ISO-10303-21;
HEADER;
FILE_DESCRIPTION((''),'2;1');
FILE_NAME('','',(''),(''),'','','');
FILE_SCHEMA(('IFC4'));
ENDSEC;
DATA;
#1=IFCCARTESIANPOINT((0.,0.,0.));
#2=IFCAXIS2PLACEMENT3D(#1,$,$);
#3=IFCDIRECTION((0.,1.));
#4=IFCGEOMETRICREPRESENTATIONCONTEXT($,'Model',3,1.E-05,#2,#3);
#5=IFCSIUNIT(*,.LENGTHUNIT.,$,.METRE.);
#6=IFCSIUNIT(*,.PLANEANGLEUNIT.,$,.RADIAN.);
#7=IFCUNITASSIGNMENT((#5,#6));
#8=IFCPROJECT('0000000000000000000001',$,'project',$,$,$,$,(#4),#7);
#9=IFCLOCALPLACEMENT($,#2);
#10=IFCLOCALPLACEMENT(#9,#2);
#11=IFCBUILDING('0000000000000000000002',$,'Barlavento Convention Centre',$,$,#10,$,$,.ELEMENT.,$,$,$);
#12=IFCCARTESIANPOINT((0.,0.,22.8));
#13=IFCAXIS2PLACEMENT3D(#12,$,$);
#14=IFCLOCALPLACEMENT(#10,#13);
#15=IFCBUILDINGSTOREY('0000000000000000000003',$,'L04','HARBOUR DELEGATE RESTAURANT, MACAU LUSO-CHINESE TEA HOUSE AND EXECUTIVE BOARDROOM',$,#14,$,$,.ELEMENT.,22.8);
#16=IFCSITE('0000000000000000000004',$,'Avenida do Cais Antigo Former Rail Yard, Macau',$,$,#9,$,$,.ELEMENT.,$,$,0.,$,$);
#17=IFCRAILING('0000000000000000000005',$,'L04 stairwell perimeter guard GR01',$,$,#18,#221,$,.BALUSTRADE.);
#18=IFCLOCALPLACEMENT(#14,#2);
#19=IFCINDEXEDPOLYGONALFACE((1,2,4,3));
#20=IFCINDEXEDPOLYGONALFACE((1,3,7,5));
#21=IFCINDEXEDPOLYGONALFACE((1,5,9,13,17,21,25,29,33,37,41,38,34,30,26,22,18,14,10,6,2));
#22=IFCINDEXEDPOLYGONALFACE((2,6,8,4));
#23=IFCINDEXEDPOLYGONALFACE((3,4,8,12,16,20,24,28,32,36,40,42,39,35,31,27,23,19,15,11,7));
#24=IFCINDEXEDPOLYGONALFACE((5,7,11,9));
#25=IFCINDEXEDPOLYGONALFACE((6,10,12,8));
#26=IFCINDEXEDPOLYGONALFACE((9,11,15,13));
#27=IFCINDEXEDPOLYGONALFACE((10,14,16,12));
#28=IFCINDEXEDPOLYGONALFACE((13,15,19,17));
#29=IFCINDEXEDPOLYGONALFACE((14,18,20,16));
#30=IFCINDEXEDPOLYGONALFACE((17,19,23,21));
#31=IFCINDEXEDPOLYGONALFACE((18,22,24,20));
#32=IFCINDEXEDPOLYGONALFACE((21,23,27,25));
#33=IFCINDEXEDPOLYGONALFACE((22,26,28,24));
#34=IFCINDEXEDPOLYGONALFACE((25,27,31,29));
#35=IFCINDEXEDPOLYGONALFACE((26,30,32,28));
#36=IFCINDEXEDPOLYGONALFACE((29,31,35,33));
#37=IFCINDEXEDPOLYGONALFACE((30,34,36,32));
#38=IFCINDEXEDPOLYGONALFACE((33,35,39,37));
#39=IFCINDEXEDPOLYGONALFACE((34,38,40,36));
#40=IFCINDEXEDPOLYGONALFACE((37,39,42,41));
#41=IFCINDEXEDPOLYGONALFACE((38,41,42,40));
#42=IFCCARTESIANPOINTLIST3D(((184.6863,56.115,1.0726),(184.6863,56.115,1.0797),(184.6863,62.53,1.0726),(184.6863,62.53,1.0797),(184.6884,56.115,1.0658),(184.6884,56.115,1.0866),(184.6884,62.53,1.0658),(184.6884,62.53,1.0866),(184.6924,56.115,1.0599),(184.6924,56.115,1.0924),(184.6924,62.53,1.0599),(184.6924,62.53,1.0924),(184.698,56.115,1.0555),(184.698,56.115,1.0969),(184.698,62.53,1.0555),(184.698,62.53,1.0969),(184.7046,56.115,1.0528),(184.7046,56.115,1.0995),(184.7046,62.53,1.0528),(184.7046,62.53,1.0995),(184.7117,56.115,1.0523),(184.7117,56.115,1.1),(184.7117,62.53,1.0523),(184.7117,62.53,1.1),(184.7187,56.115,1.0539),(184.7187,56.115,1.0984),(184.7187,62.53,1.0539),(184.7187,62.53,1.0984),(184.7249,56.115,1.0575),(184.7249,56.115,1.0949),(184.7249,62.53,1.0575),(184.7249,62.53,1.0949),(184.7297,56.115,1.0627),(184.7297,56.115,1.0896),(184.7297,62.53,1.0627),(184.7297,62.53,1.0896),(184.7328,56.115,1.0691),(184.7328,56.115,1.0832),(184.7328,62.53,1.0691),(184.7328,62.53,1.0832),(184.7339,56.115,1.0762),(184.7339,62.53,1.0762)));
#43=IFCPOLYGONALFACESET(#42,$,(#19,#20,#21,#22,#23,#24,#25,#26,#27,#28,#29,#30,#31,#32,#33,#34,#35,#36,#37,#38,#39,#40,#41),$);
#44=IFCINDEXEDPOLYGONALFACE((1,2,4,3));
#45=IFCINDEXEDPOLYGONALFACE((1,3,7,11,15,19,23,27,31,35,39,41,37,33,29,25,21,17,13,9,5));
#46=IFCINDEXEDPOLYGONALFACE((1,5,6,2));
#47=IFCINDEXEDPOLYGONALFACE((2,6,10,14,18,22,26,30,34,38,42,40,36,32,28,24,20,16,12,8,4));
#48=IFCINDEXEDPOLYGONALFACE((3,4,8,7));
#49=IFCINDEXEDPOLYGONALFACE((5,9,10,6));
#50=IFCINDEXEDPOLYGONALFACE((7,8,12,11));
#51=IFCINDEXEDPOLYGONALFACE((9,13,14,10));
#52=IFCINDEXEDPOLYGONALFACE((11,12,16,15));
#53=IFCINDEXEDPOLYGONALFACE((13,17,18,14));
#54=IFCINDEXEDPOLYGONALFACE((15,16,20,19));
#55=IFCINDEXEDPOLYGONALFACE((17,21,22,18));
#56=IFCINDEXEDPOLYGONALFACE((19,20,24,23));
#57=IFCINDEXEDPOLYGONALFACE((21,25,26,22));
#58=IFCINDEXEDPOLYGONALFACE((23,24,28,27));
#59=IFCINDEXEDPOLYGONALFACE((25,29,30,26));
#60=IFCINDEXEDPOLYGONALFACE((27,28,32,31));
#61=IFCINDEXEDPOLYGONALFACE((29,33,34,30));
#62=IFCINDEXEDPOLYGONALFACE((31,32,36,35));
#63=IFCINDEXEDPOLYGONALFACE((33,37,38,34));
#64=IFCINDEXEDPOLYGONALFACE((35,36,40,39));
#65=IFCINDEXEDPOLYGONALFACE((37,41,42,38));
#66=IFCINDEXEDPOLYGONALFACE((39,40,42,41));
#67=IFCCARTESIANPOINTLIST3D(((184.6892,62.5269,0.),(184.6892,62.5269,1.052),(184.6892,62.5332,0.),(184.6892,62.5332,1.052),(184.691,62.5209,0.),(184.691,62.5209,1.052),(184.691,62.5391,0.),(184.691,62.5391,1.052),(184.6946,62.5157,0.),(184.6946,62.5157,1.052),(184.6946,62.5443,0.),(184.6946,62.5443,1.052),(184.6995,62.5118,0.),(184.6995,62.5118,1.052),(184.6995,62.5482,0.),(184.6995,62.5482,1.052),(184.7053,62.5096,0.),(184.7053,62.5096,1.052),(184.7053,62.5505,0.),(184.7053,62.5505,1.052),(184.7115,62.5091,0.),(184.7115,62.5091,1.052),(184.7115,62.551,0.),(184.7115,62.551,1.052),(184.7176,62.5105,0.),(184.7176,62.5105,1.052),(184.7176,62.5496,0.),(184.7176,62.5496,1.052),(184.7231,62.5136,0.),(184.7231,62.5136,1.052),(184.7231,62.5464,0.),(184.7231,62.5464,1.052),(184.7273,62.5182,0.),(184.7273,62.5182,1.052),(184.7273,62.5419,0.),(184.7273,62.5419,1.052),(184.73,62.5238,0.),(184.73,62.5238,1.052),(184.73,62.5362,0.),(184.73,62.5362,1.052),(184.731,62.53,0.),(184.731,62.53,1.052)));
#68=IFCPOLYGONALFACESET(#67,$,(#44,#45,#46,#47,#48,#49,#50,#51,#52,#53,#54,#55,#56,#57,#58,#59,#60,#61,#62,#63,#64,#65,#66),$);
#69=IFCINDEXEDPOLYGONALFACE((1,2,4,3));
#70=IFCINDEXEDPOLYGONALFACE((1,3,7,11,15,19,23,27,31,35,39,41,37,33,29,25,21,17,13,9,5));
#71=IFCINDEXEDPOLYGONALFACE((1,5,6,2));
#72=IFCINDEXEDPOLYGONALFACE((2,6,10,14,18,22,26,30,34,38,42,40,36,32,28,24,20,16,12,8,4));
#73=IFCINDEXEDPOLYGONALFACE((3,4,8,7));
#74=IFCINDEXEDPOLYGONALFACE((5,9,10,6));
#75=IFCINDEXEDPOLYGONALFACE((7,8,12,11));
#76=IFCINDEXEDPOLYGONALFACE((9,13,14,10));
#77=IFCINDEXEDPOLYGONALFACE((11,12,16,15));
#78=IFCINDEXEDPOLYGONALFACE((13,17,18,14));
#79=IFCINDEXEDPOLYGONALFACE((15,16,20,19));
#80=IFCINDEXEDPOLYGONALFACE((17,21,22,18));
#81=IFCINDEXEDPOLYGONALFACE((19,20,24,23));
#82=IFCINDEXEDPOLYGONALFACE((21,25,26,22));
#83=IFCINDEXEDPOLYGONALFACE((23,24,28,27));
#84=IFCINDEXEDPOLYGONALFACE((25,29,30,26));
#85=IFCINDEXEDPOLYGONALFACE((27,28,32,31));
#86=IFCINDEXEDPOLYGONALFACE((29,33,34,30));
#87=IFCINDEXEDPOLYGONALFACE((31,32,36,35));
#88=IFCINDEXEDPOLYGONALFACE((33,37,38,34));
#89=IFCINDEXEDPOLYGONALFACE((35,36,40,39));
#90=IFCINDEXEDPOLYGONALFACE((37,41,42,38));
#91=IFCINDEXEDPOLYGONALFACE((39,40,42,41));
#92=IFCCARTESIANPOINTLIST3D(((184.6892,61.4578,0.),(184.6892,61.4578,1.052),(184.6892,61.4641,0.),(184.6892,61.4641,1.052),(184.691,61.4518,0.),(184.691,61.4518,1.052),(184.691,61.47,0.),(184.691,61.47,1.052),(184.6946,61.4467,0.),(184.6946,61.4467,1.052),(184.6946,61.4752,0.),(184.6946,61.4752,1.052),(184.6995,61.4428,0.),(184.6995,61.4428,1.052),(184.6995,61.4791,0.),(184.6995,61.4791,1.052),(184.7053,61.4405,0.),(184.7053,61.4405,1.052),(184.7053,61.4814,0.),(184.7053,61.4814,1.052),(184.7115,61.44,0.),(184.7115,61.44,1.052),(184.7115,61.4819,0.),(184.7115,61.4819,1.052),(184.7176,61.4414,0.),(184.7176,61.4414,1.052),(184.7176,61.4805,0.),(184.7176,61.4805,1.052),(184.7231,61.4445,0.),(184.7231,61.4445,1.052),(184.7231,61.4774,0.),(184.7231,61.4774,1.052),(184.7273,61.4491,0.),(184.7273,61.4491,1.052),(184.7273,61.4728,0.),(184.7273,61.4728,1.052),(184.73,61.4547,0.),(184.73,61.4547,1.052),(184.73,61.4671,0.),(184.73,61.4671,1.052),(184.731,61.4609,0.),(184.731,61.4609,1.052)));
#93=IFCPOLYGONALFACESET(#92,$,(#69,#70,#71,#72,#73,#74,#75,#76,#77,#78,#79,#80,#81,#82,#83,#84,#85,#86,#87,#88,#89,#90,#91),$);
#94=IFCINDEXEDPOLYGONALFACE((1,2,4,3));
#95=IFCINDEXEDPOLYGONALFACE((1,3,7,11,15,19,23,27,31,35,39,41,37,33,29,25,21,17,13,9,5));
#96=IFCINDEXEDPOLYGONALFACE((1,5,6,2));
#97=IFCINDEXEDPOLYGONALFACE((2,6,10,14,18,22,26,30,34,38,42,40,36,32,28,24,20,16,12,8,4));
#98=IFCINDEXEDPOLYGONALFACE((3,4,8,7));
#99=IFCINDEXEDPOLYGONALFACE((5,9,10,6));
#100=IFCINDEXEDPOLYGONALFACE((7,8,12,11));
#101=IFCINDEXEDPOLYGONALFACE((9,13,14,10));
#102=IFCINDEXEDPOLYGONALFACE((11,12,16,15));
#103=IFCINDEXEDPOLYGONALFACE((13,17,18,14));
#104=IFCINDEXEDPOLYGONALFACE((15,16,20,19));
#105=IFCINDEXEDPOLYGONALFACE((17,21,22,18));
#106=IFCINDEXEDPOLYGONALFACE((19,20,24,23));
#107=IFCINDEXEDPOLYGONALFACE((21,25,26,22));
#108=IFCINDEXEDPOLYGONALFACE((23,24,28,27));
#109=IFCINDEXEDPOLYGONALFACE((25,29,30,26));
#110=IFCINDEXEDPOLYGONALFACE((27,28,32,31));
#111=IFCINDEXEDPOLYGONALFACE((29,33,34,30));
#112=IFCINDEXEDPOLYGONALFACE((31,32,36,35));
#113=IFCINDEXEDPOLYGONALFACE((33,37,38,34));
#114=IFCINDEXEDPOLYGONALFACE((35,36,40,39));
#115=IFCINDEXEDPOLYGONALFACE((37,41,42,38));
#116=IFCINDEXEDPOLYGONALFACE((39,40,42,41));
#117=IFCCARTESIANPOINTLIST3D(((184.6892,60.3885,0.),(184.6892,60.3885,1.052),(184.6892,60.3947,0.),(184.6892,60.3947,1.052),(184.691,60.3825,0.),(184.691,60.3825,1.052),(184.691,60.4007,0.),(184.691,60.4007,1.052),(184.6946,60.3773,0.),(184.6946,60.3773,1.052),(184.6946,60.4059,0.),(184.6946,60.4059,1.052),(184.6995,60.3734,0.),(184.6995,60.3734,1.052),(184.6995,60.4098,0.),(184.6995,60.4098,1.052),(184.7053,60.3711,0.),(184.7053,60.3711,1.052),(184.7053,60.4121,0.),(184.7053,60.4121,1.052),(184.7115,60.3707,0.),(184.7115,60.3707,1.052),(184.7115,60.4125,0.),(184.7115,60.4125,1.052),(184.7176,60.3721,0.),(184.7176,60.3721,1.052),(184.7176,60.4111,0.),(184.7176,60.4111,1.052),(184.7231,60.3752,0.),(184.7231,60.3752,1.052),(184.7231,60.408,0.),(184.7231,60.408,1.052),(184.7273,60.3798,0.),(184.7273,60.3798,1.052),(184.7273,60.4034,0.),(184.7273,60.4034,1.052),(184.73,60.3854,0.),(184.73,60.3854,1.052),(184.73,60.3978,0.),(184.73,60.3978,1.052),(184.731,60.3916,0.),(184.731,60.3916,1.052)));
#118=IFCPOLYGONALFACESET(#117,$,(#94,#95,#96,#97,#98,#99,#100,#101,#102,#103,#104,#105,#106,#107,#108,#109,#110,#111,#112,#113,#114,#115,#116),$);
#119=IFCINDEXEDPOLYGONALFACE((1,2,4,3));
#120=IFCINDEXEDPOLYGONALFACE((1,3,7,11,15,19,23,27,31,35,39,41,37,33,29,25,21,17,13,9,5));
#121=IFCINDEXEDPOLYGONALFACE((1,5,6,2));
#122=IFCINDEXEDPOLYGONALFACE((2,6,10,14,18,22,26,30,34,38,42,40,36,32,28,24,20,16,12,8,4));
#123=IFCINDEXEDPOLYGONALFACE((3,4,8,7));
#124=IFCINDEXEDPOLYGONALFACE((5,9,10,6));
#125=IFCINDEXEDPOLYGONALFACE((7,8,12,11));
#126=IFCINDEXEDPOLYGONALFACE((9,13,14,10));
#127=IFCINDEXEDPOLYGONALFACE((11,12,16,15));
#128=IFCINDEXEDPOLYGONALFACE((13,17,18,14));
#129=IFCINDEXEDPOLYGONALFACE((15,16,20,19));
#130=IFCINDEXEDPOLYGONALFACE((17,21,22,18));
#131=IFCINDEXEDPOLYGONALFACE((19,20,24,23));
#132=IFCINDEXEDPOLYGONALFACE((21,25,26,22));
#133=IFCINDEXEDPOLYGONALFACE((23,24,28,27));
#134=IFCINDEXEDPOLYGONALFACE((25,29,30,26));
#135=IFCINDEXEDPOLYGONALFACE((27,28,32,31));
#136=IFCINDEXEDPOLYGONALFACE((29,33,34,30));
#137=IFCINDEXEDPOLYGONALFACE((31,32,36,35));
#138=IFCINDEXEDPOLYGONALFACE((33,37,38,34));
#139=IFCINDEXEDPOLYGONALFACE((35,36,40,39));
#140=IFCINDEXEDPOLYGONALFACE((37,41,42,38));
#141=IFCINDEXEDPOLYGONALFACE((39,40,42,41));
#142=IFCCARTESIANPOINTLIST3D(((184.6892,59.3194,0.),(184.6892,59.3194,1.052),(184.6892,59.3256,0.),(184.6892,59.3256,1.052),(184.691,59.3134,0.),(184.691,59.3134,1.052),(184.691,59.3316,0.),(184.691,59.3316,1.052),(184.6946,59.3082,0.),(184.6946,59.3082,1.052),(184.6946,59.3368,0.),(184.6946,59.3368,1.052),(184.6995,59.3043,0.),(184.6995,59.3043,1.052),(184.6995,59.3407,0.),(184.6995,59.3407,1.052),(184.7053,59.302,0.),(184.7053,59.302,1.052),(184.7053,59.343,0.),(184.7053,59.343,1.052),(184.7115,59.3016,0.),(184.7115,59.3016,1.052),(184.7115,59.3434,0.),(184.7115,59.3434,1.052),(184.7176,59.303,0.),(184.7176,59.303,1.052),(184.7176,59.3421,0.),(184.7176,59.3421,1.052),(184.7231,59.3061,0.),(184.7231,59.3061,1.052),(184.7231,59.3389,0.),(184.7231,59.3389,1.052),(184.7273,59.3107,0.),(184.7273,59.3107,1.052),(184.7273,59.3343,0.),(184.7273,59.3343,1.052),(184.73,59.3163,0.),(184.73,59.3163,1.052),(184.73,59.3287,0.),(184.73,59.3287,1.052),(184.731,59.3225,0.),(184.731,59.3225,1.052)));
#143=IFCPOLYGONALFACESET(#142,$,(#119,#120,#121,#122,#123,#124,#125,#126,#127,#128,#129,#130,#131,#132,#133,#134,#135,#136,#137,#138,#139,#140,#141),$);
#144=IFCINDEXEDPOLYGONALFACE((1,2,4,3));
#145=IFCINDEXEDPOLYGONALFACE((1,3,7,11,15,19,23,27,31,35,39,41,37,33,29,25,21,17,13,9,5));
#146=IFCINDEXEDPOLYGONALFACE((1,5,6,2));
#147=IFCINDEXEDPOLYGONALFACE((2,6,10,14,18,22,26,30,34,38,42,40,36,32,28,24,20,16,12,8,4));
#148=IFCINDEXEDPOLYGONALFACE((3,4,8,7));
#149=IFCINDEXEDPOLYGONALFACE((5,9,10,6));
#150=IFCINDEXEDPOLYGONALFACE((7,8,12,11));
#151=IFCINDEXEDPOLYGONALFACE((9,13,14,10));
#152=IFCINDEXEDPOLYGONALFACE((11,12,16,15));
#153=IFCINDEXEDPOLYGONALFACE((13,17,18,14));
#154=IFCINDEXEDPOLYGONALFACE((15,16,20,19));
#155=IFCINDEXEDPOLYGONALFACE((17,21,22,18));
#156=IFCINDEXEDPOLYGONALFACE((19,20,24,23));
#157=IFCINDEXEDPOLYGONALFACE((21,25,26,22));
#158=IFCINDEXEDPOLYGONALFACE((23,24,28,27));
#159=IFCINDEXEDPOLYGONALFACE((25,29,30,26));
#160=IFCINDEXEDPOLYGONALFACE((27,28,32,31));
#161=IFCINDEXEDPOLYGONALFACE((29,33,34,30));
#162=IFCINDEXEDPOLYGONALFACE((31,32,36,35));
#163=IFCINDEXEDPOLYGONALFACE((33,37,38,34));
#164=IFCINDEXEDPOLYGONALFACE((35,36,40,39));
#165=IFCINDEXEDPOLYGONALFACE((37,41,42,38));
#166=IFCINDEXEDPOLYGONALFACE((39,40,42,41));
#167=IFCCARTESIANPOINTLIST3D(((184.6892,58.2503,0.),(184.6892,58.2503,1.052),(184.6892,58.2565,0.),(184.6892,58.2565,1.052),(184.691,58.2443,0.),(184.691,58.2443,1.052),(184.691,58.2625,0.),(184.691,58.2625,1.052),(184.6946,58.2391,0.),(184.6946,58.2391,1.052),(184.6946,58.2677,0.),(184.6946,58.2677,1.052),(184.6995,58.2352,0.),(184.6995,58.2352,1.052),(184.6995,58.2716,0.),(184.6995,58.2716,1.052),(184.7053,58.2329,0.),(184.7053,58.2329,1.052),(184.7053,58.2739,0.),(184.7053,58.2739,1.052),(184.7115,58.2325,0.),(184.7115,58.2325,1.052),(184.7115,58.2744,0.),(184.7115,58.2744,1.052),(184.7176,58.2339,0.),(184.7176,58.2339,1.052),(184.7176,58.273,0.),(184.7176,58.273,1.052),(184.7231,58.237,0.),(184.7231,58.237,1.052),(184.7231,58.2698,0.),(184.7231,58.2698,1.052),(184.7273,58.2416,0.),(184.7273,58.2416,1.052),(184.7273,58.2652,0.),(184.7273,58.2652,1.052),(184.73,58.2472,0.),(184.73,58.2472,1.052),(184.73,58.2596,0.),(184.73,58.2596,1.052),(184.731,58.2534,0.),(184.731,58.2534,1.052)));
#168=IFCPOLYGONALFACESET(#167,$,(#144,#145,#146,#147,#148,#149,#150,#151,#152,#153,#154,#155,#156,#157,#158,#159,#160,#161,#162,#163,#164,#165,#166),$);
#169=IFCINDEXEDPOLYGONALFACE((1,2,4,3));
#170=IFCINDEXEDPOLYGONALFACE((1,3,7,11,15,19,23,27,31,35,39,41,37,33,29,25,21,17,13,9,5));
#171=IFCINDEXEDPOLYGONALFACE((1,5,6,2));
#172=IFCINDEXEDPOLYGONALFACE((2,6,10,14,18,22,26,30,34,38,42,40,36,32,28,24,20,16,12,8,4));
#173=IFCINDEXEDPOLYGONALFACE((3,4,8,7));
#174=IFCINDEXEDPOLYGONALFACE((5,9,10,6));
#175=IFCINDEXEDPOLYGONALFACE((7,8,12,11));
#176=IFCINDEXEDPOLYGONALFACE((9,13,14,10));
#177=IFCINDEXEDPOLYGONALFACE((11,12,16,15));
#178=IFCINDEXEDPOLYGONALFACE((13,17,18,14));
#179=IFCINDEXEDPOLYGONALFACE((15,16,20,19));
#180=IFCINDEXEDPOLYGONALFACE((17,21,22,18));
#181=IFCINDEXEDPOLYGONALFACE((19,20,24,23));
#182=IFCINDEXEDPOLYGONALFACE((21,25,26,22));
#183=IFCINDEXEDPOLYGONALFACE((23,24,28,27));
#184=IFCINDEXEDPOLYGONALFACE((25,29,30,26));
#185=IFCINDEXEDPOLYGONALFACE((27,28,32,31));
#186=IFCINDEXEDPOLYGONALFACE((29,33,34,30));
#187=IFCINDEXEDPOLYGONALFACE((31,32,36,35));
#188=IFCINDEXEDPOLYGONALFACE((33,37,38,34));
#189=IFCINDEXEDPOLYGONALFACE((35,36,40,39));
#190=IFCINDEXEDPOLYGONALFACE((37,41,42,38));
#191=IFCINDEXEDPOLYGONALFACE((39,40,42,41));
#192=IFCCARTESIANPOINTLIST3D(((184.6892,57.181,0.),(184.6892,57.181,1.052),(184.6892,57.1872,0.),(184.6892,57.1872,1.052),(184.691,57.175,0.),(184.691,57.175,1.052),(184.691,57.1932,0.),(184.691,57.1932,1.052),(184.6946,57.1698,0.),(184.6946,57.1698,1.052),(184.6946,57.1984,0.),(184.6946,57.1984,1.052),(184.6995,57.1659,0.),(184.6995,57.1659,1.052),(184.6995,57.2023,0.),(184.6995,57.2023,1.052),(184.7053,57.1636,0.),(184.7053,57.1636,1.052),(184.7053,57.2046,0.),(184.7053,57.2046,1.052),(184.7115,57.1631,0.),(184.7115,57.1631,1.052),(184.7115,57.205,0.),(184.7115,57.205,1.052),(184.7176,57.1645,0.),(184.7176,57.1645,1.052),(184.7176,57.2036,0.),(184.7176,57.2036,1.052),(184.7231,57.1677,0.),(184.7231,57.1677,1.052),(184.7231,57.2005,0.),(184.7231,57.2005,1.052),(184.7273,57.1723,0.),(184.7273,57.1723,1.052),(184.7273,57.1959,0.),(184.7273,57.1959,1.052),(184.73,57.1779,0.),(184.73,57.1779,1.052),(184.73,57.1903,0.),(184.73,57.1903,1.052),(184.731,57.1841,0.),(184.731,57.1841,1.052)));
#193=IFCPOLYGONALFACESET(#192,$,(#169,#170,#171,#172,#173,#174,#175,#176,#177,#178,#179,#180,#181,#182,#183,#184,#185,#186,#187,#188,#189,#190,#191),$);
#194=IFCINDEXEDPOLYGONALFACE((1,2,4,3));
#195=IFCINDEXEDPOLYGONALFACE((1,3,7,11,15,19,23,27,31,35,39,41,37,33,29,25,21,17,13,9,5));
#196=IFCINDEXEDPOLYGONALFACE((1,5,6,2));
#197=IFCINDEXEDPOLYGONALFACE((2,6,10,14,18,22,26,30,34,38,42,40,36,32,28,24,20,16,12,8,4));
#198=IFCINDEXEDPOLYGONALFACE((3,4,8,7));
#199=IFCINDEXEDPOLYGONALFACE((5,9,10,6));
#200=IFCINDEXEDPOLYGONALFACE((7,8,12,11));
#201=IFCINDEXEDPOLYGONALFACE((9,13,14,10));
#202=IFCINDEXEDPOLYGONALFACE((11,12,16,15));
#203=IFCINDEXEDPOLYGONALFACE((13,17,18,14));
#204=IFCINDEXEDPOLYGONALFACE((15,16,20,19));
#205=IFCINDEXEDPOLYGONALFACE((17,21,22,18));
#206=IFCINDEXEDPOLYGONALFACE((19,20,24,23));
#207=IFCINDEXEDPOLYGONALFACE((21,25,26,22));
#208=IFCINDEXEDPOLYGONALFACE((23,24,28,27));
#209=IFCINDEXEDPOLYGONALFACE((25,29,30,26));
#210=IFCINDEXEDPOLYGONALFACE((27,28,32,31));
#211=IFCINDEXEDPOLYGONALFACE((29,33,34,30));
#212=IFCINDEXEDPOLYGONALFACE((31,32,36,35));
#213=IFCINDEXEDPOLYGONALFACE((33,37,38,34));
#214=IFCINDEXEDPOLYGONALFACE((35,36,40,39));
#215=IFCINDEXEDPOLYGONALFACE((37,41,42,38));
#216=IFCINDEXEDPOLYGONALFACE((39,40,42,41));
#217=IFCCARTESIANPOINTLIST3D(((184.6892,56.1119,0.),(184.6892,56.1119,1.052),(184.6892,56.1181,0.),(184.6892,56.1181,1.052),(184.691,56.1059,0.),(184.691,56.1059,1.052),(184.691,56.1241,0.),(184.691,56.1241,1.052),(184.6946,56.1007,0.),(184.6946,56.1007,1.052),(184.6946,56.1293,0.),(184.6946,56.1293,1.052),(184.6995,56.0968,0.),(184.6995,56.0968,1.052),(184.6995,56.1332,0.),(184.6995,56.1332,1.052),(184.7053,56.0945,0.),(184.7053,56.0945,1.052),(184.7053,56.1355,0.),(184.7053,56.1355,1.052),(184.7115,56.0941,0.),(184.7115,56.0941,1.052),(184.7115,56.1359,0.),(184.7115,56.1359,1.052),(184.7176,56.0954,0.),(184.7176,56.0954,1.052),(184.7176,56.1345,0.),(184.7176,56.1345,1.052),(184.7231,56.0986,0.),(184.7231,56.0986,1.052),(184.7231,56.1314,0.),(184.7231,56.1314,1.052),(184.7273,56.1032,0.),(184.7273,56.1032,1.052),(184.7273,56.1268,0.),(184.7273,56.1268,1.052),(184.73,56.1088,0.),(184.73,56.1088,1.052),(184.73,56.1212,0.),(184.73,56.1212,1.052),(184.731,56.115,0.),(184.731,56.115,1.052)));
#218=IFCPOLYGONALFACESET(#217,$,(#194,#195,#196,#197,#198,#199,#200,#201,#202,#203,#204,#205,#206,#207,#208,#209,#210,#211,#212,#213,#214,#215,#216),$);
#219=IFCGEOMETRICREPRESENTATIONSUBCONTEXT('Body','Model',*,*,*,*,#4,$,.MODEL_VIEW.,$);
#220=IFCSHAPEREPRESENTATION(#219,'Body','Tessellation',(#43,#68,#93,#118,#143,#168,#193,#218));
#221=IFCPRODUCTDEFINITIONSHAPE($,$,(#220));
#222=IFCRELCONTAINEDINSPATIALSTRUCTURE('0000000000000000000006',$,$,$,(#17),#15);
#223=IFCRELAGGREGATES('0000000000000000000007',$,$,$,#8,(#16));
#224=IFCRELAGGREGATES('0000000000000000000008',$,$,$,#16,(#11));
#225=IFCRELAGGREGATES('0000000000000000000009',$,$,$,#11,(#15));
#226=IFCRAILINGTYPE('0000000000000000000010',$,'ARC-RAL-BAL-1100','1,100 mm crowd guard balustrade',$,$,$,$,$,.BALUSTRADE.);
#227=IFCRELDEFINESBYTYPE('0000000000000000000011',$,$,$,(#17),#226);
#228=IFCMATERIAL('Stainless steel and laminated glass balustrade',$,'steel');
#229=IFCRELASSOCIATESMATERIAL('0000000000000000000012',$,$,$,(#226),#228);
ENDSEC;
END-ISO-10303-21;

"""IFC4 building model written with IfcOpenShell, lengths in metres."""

from ifc_helpers import new_model, si_unit, direction, frame, origin, origin_2d, place, context, subcontext, project, spatial, circle, extrude, material, type_object, element, save


model = new_model("IFC4")

# Units and contexts
model_context = context("Model", 3, precision=1e-05, world=origin(), true_north=direction((0.0, 1.0)))
body_context = subcontext(model_context, "Body", "Model", "MODEL_VIEW")
ifc_project = project(units=[si_unit("LENGTHUNIT", "METRE"), si_unit("PLANEANGLEUNIT", "RADIAN")], contexts=[model_context])

# Site, building, storey
site_placement = place(None, origin())
site = spatial("IfcSite", under=ifc_project, at=site_placement, Name="Avenida do Cais Antigo Former Rail Yard, Macau", CompositionType="ELEMENT", RefElevation=0.0)
building_placement = place(site_placement, origin())
building = spatial("IfcBuilding", under=site, at=building_placement, Name="Barlavento Convention Centre", CompositionType="ELEMENT")
storey_placement = place(building_placement, frame((0.0, 0.0, 22.8)))
storey = spatial("IfcBuildingStorey", under=building, at=storey_placement, Name="L04", Description="HARBOUR DELEGATE RESTAURANT, MACAU LUSO-CHINESE TEA HOUSE AND EXECUTIVE BOARDROOM", CompositionType="ELEMENT", Elevation=22.8)

# Railing
ifc_material_1 = material(Name="Stainless steel and laminated glass balustrade", Category="steel")
railing_type_1 = type_object("IfcRailingType", Name="ARC-RAL-BAL-1100", Description="1,100 mm crowd guard balustrade", PredefinedType="BALUSTRADE", material=ifc_material_1)
railing_1_placement = place(storey_placement, frame((184.71, 62.53, 0.0)))
element("IfcRailing", 1, at=railing_1_placement, inside=storey, type_object=railing_type_1, Name="L04 stairwell perimeter guard GR01", PredefinedType="BALUSTRADE", context=body_context, shape_type="SweptSolid", body=[
    extrude(circle(Radius=0.0239, at=origin_2d()), frame((0.0, 0.0, 1.0762), z_axis=(0.0, -1.0, 0.0), x_axis=(1.0, 0.0, 0.0)), (0.0, 0.0, 1.0), 6.415),
    extrude(circle(Radius=0.021, at=origin_2d()), origin(), (0.0, 0.0, 1.0), 1.052),
    extrude(circle(Radius=0.021, at=origin_2d()), frame((0.0, -1.0691, 0.0)), (0.0, 0.0, 1.0), 1.052),
    extrude(circle(Radius=0.021, at=origin_2d()), frame((0.0, -2.1384, 0.0)), (0.0, 0.0, 1.0), 1.052),
    extrude(circle(Radius=0.021, at=origin_2d()), frame((0.0, -3.2075, 0.0)), (0.0, 0.0, 1.0), 1.052),
    extrude(circle(Radius=0.021, at=origin_2d()), frame((0.0, -4.2766, 0.0)), (0.0, 0.0, 1.0), 1.052),
    extrude(circle(Radius=0.021, at=origin_2d()), frame((0.0, -5.3459, 0.0)), (0.0, 0.0, 1.0), 1.052),
    extrude(circle(Radius=0.021, at=origin_2d()), frame((0.0, -6.415, 0.0)), (0.0, 0.0, 1.0), 1.052),
])

save(model, "model.ifc")
